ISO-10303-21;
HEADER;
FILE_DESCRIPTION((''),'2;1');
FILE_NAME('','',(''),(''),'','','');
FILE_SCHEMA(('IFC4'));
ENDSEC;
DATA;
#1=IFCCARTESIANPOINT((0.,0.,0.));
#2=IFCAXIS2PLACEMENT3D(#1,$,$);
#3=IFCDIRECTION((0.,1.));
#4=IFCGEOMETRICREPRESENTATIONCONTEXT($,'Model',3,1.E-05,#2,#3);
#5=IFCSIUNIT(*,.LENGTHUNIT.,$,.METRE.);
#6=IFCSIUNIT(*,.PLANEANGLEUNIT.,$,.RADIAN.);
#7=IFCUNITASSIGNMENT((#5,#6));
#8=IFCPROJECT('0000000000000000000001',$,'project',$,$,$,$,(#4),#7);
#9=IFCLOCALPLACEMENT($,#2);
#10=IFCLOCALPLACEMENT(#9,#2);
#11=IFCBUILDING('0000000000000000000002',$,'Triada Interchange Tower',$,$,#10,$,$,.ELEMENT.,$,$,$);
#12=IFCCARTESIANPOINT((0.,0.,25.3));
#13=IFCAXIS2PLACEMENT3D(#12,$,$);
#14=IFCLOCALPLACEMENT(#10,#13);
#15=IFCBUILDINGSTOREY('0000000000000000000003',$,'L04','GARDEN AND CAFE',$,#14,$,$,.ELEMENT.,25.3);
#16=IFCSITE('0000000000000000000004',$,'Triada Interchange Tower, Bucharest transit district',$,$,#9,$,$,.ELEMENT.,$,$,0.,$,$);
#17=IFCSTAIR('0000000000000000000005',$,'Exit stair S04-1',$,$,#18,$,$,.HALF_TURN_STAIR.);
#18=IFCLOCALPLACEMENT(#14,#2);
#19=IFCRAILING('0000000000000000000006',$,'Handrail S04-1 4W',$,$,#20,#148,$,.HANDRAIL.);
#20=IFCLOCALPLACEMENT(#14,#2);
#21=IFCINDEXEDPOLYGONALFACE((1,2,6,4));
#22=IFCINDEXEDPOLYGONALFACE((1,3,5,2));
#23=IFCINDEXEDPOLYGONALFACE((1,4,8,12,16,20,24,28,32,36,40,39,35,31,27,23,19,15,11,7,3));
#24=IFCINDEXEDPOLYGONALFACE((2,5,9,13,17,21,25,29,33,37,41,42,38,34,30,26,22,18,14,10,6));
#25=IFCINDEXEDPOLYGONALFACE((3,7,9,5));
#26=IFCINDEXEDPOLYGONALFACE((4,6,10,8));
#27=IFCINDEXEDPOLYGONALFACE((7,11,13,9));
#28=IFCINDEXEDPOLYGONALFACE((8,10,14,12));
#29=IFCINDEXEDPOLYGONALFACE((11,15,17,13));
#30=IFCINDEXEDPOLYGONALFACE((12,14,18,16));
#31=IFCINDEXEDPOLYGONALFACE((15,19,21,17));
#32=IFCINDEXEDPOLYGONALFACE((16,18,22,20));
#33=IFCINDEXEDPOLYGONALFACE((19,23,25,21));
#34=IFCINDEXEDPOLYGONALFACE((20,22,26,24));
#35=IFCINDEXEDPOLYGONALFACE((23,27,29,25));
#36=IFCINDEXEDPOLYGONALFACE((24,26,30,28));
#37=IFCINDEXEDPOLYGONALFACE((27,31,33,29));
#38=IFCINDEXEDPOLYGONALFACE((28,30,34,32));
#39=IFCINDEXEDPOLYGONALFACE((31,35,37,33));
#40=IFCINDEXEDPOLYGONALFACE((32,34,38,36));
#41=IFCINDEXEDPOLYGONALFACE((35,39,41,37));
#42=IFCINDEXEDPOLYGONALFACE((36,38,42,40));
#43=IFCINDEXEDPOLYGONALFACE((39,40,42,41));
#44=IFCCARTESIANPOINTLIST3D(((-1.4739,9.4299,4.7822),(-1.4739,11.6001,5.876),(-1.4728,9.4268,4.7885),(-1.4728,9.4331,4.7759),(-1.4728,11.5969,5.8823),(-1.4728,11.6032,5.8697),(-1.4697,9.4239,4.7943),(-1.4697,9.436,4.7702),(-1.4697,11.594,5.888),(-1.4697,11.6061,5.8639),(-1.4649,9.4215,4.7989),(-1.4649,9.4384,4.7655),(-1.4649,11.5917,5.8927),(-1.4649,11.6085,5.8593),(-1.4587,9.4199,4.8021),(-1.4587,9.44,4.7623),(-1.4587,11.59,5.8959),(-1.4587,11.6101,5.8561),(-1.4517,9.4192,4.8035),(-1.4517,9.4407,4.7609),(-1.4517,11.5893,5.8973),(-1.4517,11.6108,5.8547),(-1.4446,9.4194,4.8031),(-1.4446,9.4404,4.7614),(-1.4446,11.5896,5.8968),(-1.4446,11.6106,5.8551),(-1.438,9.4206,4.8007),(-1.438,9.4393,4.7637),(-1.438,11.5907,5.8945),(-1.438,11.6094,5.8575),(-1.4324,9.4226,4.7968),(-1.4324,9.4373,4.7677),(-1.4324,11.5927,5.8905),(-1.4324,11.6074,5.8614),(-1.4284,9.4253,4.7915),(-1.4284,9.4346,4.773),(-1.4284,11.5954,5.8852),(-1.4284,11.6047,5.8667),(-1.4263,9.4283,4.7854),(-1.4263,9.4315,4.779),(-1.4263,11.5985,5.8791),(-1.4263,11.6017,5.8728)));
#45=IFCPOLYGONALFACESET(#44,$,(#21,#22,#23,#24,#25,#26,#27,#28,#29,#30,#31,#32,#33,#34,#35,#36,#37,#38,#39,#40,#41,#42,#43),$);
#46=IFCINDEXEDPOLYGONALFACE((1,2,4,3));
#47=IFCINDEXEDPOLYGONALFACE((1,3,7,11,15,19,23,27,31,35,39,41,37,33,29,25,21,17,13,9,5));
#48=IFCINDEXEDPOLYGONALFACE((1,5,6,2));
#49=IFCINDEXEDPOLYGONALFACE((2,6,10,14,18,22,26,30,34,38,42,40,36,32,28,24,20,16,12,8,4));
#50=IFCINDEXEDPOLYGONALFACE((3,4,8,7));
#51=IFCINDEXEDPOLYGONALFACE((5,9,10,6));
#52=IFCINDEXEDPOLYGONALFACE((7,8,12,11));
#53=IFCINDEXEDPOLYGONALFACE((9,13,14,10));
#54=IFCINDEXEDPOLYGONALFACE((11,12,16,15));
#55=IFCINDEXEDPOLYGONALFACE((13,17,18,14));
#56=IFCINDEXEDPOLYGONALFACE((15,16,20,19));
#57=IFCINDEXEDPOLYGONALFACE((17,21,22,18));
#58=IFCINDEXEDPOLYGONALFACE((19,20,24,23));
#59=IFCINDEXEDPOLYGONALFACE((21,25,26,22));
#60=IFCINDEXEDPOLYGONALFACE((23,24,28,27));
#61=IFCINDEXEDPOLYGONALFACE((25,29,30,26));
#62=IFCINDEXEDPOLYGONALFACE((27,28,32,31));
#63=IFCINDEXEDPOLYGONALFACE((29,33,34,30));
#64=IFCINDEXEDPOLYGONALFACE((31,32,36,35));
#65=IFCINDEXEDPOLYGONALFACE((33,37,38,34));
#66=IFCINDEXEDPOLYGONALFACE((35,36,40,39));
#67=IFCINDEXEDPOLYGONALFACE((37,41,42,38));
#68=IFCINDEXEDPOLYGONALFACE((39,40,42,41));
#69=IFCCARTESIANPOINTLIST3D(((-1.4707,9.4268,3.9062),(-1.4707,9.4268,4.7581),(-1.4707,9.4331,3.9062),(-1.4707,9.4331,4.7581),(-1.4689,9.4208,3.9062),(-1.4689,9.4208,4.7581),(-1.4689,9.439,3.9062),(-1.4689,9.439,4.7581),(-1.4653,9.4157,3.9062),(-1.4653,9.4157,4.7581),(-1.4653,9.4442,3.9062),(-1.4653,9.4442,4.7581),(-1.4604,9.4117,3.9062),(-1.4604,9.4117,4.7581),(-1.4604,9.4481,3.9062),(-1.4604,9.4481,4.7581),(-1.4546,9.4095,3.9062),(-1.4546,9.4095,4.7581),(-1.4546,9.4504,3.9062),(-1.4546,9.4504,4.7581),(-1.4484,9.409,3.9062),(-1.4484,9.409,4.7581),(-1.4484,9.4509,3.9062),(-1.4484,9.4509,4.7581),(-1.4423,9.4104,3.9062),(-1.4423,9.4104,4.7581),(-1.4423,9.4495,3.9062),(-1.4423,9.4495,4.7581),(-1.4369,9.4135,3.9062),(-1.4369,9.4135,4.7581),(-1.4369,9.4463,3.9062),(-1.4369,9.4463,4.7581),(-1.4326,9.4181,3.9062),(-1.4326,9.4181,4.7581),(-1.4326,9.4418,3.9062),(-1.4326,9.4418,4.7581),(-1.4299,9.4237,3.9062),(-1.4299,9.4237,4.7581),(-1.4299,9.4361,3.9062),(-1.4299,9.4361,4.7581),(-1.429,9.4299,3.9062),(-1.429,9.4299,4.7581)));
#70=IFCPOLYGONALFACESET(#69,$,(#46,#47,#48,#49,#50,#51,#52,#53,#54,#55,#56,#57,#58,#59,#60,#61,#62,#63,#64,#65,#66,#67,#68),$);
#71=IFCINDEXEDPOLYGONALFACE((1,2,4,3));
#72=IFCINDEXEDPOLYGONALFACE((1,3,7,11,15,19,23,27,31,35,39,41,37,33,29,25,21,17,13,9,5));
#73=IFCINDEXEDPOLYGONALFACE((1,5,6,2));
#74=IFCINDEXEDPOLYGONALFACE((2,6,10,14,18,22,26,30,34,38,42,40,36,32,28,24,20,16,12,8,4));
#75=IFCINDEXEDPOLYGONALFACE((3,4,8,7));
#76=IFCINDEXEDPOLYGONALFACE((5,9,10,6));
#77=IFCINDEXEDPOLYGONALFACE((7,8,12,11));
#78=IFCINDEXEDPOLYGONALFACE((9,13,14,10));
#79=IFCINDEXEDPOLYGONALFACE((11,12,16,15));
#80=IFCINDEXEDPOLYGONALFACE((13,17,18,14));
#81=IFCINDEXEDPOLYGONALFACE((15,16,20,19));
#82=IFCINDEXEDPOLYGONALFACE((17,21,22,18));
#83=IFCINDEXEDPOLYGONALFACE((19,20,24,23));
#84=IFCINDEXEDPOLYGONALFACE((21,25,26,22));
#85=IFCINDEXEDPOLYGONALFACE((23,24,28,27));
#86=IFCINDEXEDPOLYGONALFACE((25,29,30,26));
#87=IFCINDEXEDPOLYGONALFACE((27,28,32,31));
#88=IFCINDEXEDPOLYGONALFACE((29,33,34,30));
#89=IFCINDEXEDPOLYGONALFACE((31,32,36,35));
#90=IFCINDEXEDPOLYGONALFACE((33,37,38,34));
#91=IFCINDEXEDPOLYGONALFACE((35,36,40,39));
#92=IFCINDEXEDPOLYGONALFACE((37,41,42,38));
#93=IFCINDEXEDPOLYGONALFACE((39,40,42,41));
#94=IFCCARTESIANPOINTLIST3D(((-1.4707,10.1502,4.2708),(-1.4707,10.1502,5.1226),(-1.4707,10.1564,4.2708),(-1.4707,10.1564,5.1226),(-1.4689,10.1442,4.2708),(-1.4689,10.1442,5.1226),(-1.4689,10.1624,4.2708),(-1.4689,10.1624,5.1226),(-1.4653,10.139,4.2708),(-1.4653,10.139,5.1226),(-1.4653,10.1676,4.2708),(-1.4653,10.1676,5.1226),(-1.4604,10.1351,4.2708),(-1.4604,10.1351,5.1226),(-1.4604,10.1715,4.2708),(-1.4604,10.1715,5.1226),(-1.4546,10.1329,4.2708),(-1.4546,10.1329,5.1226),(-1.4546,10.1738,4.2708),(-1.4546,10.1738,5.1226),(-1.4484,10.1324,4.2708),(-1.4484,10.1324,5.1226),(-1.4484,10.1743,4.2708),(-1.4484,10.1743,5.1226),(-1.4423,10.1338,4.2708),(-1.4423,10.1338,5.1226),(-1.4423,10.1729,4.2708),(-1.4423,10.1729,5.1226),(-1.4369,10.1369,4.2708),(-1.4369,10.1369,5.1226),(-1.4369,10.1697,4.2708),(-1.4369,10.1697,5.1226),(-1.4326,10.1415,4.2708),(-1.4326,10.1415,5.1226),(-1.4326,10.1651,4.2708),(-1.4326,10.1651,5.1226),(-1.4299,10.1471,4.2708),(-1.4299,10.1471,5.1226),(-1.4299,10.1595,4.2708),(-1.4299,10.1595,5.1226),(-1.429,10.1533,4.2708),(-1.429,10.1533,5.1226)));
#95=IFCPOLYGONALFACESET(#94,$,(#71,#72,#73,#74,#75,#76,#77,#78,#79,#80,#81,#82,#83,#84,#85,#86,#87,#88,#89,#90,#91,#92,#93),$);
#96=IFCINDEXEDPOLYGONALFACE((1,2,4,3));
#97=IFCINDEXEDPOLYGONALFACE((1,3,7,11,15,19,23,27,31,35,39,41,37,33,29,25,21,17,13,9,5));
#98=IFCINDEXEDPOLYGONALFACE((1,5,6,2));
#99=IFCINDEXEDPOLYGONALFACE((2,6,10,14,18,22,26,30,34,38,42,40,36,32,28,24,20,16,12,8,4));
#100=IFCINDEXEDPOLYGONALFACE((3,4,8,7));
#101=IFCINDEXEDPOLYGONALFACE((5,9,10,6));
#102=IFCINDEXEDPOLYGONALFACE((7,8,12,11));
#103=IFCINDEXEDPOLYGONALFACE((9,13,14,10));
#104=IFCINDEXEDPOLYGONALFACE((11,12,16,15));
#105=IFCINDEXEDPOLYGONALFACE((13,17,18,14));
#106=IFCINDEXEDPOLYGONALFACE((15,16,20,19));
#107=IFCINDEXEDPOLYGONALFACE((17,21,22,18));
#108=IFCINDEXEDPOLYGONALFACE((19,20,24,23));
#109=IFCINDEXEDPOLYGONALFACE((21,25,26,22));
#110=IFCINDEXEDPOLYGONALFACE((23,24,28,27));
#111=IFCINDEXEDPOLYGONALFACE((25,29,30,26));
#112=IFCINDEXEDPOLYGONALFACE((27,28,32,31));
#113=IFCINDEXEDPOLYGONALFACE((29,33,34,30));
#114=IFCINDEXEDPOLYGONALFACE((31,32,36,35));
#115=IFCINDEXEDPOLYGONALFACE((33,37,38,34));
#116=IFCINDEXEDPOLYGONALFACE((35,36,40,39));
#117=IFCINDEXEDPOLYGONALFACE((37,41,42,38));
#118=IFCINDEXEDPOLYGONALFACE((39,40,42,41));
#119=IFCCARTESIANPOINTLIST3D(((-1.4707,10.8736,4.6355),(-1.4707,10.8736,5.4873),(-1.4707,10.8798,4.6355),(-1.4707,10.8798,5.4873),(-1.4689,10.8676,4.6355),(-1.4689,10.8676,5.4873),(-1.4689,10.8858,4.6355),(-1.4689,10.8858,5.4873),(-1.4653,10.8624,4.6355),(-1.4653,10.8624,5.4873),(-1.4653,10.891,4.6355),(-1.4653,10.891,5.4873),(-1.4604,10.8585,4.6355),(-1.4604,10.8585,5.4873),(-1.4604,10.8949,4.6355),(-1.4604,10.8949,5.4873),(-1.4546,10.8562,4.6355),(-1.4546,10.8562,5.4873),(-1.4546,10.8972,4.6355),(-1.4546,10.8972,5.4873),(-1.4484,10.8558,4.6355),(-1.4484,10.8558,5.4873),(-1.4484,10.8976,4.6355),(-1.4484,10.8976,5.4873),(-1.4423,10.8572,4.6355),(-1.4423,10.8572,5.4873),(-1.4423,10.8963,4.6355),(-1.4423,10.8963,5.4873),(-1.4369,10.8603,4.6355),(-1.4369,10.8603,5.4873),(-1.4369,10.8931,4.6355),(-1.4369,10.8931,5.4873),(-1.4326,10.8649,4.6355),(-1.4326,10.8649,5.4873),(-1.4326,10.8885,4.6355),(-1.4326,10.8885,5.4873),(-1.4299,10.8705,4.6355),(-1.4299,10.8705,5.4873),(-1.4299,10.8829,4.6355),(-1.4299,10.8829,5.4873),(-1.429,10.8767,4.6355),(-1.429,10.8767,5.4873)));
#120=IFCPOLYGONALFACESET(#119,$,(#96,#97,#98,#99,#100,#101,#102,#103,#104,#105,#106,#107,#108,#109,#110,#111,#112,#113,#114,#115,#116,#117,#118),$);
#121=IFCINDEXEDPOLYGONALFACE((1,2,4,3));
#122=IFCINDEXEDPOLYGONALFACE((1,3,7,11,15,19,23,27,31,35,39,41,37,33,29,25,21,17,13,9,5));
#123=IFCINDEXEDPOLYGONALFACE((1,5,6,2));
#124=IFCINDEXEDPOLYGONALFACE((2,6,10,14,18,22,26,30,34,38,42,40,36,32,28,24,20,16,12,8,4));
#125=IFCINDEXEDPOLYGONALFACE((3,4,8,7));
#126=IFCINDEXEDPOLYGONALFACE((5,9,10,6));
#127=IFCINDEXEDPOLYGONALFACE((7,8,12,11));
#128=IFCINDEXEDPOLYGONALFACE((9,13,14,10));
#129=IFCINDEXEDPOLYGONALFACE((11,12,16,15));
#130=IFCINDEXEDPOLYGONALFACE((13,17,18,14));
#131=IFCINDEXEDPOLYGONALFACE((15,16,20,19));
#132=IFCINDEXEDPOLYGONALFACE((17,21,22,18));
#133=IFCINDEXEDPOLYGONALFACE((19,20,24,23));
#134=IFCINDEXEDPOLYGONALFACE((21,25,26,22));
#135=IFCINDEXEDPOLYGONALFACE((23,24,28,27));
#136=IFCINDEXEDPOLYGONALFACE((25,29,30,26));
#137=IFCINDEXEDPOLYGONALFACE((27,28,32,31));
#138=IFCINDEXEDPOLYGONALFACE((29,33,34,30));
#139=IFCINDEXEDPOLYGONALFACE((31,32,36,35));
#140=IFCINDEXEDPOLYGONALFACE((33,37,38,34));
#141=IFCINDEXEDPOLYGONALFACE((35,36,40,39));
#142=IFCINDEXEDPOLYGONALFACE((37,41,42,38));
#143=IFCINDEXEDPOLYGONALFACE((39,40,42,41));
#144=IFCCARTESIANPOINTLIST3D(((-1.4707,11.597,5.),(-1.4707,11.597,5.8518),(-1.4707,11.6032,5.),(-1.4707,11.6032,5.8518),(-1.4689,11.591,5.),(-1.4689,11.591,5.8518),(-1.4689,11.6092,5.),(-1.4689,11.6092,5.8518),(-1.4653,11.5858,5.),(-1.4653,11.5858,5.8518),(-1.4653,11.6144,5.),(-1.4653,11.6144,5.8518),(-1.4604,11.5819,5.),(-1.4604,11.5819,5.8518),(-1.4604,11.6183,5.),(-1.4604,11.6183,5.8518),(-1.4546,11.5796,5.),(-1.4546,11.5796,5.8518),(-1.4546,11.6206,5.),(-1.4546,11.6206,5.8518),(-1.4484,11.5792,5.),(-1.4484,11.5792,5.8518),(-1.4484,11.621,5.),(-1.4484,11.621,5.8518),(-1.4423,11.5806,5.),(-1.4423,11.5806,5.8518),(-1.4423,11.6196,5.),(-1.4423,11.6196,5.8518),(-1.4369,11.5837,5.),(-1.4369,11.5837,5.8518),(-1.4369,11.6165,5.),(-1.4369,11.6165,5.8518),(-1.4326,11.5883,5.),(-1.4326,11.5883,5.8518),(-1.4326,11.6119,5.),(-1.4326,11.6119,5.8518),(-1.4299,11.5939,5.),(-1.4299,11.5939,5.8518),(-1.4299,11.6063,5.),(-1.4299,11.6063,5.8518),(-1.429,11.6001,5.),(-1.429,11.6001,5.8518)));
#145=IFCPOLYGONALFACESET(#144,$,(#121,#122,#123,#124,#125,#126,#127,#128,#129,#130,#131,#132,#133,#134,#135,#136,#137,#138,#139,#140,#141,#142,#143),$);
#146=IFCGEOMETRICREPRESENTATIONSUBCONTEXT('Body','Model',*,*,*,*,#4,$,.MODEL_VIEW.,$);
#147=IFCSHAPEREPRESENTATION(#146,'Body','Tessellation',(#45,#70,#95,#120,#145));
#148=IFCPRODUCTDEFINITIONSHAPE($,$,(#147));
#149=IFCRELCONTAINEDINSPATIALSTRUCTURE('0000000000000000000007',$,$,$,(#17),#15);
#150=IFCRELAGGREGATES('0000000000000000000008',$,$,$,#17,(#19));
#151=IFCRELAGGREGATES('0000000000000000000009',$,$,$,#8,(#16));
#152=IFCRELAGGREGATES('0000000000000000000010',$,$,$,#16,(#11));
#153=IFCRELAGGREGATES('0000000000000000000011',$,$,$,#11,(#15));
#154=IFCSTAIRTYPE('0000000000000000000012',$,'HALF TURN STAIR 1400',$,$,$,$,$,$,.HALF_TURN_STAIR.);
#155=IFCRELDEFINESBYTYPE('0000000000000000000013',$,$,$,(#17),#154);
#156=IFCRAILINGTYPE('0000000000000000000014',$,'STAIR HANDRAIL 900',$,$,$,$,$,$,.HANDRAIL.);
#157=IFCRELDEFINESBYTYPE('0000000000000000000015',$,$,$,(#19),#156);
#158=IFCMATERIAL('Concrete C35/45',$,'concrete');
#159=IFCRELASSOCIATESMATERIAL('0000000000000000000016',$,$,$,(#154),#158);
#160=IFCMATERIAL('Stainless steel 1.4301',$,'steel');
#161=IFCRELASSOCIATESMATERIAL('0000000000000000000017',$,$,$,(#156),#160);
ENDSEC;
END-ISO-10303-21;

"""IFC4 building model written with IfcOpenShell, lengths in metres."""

from ifc_helpers import new_model, si_unit, direction, frame, origin, origin_2d, place, context, subcontext, project, spatial, circle, extrude, material, type_object, element, aggregate, save


model = new_model("IFC4")

# Units and contexts
model_context = context("Model", 3, precision=1e-05, world=origin(), true_north=direction((0.0, 1.0)))
body_context = subcontext(model_context, "Body", "Model", "MODEL_VIEW")
ifc_project = project(units=[si_unit("LENGTHUNIT", "METRE"), si_unit("PLANEANGLEUNIT", "RADIAN")], contexts=[model_context])

# Site, building, storey
site_placement = place(None, origin())
site = spatial("IfcSite", under=ifc_project, at=site_placement, Name="Triada Interchange Tower, Bucharest transit district", CompositionType="ELEMENT", RefElevation=0.0)
building_placement = place(site_placement, origin())
building = spatial("IfcBuilding", under=site, at=building_placement, Name="Triada Interchange Tower", CompositionType="ELEMENT")
storey_placement = place(building_placement, frame((0.0, 0.0, 25.3)))
storey = spatial("IfcBuildingStorey", under=building, at=storey_placement, Name="L04", Description="GARDEN AND CAFE", CompositionType="ELEMENT", Elevation=25.3)

# Stair, railing
ifc_material_1 = material(Name="Concrete C35/45", Category="concrete")
stair_type = type_object("IfcStairType", Name="HALF TURN STAIR 1400", PredefinedType="HALF_TURN_STAIR", material=ifc_material_1)
stair_placement = place(storey_placement, origin())
stair = element("IfcStair", 1, at=stair_placement, inside=storey, type_object=stair_type, Name="Exit stair S04-1", PredefinedType="HALF_TURN_STAIR")
ifc_material_2 = material(Name="Stainless steel 1.4301", Category="steel")
railing_type = type_object("IfcRailingType", Name="STAIR HANDRAIL 900", PredefinedType="HANDRAIL", material=ifc_material_2)
railing_1_placement = place(storey_placement, frame((-1.45, 9.4299, 3.9062)))
railing_1 = element("IfcRailing", 2, at=railing_1_placement, type_object=railing_type, Name="Handrail S04-1 4W", PredefinedType="HANDRAIL", context=body_context, shape_type="SweptSolid", body=[
    extrude(circle(Radius=0.0239, at=origin_2d()), frame((0.0, 0.0, 0.876), z_axis=(0.0, 0.892996, 0.450064), x_axis=(-1.0, 0.0, 0.0)), (0.0, 0.0, 1.0), 2.4302),
    extrude(circle(Radius=0.021, at=origin_2d()), origin(), (0.0, 0.0, 1.0), 0.8518),
    extrude(circle(Radius=0.021, at=origin_2d()), frame((0.0, 0.7234, 0.3645)), (0.0, 0.0, 1.0), 0.8518),
    extrude(circle(Radius=0.021, at=origin_2d()), frame((0.0, 1.4468, 0.7292)), (0.0, 0.0, 1.0), 0.8518),
    extrude(circle(Radius=0.021, at=origin_2d()), frame((0.0, 2.1702, 1.0938)), (0.0, 0.0, 1.0), 0.8518),
])
aggregate(stair, [railing_1])

save(model, "model.ifc")
